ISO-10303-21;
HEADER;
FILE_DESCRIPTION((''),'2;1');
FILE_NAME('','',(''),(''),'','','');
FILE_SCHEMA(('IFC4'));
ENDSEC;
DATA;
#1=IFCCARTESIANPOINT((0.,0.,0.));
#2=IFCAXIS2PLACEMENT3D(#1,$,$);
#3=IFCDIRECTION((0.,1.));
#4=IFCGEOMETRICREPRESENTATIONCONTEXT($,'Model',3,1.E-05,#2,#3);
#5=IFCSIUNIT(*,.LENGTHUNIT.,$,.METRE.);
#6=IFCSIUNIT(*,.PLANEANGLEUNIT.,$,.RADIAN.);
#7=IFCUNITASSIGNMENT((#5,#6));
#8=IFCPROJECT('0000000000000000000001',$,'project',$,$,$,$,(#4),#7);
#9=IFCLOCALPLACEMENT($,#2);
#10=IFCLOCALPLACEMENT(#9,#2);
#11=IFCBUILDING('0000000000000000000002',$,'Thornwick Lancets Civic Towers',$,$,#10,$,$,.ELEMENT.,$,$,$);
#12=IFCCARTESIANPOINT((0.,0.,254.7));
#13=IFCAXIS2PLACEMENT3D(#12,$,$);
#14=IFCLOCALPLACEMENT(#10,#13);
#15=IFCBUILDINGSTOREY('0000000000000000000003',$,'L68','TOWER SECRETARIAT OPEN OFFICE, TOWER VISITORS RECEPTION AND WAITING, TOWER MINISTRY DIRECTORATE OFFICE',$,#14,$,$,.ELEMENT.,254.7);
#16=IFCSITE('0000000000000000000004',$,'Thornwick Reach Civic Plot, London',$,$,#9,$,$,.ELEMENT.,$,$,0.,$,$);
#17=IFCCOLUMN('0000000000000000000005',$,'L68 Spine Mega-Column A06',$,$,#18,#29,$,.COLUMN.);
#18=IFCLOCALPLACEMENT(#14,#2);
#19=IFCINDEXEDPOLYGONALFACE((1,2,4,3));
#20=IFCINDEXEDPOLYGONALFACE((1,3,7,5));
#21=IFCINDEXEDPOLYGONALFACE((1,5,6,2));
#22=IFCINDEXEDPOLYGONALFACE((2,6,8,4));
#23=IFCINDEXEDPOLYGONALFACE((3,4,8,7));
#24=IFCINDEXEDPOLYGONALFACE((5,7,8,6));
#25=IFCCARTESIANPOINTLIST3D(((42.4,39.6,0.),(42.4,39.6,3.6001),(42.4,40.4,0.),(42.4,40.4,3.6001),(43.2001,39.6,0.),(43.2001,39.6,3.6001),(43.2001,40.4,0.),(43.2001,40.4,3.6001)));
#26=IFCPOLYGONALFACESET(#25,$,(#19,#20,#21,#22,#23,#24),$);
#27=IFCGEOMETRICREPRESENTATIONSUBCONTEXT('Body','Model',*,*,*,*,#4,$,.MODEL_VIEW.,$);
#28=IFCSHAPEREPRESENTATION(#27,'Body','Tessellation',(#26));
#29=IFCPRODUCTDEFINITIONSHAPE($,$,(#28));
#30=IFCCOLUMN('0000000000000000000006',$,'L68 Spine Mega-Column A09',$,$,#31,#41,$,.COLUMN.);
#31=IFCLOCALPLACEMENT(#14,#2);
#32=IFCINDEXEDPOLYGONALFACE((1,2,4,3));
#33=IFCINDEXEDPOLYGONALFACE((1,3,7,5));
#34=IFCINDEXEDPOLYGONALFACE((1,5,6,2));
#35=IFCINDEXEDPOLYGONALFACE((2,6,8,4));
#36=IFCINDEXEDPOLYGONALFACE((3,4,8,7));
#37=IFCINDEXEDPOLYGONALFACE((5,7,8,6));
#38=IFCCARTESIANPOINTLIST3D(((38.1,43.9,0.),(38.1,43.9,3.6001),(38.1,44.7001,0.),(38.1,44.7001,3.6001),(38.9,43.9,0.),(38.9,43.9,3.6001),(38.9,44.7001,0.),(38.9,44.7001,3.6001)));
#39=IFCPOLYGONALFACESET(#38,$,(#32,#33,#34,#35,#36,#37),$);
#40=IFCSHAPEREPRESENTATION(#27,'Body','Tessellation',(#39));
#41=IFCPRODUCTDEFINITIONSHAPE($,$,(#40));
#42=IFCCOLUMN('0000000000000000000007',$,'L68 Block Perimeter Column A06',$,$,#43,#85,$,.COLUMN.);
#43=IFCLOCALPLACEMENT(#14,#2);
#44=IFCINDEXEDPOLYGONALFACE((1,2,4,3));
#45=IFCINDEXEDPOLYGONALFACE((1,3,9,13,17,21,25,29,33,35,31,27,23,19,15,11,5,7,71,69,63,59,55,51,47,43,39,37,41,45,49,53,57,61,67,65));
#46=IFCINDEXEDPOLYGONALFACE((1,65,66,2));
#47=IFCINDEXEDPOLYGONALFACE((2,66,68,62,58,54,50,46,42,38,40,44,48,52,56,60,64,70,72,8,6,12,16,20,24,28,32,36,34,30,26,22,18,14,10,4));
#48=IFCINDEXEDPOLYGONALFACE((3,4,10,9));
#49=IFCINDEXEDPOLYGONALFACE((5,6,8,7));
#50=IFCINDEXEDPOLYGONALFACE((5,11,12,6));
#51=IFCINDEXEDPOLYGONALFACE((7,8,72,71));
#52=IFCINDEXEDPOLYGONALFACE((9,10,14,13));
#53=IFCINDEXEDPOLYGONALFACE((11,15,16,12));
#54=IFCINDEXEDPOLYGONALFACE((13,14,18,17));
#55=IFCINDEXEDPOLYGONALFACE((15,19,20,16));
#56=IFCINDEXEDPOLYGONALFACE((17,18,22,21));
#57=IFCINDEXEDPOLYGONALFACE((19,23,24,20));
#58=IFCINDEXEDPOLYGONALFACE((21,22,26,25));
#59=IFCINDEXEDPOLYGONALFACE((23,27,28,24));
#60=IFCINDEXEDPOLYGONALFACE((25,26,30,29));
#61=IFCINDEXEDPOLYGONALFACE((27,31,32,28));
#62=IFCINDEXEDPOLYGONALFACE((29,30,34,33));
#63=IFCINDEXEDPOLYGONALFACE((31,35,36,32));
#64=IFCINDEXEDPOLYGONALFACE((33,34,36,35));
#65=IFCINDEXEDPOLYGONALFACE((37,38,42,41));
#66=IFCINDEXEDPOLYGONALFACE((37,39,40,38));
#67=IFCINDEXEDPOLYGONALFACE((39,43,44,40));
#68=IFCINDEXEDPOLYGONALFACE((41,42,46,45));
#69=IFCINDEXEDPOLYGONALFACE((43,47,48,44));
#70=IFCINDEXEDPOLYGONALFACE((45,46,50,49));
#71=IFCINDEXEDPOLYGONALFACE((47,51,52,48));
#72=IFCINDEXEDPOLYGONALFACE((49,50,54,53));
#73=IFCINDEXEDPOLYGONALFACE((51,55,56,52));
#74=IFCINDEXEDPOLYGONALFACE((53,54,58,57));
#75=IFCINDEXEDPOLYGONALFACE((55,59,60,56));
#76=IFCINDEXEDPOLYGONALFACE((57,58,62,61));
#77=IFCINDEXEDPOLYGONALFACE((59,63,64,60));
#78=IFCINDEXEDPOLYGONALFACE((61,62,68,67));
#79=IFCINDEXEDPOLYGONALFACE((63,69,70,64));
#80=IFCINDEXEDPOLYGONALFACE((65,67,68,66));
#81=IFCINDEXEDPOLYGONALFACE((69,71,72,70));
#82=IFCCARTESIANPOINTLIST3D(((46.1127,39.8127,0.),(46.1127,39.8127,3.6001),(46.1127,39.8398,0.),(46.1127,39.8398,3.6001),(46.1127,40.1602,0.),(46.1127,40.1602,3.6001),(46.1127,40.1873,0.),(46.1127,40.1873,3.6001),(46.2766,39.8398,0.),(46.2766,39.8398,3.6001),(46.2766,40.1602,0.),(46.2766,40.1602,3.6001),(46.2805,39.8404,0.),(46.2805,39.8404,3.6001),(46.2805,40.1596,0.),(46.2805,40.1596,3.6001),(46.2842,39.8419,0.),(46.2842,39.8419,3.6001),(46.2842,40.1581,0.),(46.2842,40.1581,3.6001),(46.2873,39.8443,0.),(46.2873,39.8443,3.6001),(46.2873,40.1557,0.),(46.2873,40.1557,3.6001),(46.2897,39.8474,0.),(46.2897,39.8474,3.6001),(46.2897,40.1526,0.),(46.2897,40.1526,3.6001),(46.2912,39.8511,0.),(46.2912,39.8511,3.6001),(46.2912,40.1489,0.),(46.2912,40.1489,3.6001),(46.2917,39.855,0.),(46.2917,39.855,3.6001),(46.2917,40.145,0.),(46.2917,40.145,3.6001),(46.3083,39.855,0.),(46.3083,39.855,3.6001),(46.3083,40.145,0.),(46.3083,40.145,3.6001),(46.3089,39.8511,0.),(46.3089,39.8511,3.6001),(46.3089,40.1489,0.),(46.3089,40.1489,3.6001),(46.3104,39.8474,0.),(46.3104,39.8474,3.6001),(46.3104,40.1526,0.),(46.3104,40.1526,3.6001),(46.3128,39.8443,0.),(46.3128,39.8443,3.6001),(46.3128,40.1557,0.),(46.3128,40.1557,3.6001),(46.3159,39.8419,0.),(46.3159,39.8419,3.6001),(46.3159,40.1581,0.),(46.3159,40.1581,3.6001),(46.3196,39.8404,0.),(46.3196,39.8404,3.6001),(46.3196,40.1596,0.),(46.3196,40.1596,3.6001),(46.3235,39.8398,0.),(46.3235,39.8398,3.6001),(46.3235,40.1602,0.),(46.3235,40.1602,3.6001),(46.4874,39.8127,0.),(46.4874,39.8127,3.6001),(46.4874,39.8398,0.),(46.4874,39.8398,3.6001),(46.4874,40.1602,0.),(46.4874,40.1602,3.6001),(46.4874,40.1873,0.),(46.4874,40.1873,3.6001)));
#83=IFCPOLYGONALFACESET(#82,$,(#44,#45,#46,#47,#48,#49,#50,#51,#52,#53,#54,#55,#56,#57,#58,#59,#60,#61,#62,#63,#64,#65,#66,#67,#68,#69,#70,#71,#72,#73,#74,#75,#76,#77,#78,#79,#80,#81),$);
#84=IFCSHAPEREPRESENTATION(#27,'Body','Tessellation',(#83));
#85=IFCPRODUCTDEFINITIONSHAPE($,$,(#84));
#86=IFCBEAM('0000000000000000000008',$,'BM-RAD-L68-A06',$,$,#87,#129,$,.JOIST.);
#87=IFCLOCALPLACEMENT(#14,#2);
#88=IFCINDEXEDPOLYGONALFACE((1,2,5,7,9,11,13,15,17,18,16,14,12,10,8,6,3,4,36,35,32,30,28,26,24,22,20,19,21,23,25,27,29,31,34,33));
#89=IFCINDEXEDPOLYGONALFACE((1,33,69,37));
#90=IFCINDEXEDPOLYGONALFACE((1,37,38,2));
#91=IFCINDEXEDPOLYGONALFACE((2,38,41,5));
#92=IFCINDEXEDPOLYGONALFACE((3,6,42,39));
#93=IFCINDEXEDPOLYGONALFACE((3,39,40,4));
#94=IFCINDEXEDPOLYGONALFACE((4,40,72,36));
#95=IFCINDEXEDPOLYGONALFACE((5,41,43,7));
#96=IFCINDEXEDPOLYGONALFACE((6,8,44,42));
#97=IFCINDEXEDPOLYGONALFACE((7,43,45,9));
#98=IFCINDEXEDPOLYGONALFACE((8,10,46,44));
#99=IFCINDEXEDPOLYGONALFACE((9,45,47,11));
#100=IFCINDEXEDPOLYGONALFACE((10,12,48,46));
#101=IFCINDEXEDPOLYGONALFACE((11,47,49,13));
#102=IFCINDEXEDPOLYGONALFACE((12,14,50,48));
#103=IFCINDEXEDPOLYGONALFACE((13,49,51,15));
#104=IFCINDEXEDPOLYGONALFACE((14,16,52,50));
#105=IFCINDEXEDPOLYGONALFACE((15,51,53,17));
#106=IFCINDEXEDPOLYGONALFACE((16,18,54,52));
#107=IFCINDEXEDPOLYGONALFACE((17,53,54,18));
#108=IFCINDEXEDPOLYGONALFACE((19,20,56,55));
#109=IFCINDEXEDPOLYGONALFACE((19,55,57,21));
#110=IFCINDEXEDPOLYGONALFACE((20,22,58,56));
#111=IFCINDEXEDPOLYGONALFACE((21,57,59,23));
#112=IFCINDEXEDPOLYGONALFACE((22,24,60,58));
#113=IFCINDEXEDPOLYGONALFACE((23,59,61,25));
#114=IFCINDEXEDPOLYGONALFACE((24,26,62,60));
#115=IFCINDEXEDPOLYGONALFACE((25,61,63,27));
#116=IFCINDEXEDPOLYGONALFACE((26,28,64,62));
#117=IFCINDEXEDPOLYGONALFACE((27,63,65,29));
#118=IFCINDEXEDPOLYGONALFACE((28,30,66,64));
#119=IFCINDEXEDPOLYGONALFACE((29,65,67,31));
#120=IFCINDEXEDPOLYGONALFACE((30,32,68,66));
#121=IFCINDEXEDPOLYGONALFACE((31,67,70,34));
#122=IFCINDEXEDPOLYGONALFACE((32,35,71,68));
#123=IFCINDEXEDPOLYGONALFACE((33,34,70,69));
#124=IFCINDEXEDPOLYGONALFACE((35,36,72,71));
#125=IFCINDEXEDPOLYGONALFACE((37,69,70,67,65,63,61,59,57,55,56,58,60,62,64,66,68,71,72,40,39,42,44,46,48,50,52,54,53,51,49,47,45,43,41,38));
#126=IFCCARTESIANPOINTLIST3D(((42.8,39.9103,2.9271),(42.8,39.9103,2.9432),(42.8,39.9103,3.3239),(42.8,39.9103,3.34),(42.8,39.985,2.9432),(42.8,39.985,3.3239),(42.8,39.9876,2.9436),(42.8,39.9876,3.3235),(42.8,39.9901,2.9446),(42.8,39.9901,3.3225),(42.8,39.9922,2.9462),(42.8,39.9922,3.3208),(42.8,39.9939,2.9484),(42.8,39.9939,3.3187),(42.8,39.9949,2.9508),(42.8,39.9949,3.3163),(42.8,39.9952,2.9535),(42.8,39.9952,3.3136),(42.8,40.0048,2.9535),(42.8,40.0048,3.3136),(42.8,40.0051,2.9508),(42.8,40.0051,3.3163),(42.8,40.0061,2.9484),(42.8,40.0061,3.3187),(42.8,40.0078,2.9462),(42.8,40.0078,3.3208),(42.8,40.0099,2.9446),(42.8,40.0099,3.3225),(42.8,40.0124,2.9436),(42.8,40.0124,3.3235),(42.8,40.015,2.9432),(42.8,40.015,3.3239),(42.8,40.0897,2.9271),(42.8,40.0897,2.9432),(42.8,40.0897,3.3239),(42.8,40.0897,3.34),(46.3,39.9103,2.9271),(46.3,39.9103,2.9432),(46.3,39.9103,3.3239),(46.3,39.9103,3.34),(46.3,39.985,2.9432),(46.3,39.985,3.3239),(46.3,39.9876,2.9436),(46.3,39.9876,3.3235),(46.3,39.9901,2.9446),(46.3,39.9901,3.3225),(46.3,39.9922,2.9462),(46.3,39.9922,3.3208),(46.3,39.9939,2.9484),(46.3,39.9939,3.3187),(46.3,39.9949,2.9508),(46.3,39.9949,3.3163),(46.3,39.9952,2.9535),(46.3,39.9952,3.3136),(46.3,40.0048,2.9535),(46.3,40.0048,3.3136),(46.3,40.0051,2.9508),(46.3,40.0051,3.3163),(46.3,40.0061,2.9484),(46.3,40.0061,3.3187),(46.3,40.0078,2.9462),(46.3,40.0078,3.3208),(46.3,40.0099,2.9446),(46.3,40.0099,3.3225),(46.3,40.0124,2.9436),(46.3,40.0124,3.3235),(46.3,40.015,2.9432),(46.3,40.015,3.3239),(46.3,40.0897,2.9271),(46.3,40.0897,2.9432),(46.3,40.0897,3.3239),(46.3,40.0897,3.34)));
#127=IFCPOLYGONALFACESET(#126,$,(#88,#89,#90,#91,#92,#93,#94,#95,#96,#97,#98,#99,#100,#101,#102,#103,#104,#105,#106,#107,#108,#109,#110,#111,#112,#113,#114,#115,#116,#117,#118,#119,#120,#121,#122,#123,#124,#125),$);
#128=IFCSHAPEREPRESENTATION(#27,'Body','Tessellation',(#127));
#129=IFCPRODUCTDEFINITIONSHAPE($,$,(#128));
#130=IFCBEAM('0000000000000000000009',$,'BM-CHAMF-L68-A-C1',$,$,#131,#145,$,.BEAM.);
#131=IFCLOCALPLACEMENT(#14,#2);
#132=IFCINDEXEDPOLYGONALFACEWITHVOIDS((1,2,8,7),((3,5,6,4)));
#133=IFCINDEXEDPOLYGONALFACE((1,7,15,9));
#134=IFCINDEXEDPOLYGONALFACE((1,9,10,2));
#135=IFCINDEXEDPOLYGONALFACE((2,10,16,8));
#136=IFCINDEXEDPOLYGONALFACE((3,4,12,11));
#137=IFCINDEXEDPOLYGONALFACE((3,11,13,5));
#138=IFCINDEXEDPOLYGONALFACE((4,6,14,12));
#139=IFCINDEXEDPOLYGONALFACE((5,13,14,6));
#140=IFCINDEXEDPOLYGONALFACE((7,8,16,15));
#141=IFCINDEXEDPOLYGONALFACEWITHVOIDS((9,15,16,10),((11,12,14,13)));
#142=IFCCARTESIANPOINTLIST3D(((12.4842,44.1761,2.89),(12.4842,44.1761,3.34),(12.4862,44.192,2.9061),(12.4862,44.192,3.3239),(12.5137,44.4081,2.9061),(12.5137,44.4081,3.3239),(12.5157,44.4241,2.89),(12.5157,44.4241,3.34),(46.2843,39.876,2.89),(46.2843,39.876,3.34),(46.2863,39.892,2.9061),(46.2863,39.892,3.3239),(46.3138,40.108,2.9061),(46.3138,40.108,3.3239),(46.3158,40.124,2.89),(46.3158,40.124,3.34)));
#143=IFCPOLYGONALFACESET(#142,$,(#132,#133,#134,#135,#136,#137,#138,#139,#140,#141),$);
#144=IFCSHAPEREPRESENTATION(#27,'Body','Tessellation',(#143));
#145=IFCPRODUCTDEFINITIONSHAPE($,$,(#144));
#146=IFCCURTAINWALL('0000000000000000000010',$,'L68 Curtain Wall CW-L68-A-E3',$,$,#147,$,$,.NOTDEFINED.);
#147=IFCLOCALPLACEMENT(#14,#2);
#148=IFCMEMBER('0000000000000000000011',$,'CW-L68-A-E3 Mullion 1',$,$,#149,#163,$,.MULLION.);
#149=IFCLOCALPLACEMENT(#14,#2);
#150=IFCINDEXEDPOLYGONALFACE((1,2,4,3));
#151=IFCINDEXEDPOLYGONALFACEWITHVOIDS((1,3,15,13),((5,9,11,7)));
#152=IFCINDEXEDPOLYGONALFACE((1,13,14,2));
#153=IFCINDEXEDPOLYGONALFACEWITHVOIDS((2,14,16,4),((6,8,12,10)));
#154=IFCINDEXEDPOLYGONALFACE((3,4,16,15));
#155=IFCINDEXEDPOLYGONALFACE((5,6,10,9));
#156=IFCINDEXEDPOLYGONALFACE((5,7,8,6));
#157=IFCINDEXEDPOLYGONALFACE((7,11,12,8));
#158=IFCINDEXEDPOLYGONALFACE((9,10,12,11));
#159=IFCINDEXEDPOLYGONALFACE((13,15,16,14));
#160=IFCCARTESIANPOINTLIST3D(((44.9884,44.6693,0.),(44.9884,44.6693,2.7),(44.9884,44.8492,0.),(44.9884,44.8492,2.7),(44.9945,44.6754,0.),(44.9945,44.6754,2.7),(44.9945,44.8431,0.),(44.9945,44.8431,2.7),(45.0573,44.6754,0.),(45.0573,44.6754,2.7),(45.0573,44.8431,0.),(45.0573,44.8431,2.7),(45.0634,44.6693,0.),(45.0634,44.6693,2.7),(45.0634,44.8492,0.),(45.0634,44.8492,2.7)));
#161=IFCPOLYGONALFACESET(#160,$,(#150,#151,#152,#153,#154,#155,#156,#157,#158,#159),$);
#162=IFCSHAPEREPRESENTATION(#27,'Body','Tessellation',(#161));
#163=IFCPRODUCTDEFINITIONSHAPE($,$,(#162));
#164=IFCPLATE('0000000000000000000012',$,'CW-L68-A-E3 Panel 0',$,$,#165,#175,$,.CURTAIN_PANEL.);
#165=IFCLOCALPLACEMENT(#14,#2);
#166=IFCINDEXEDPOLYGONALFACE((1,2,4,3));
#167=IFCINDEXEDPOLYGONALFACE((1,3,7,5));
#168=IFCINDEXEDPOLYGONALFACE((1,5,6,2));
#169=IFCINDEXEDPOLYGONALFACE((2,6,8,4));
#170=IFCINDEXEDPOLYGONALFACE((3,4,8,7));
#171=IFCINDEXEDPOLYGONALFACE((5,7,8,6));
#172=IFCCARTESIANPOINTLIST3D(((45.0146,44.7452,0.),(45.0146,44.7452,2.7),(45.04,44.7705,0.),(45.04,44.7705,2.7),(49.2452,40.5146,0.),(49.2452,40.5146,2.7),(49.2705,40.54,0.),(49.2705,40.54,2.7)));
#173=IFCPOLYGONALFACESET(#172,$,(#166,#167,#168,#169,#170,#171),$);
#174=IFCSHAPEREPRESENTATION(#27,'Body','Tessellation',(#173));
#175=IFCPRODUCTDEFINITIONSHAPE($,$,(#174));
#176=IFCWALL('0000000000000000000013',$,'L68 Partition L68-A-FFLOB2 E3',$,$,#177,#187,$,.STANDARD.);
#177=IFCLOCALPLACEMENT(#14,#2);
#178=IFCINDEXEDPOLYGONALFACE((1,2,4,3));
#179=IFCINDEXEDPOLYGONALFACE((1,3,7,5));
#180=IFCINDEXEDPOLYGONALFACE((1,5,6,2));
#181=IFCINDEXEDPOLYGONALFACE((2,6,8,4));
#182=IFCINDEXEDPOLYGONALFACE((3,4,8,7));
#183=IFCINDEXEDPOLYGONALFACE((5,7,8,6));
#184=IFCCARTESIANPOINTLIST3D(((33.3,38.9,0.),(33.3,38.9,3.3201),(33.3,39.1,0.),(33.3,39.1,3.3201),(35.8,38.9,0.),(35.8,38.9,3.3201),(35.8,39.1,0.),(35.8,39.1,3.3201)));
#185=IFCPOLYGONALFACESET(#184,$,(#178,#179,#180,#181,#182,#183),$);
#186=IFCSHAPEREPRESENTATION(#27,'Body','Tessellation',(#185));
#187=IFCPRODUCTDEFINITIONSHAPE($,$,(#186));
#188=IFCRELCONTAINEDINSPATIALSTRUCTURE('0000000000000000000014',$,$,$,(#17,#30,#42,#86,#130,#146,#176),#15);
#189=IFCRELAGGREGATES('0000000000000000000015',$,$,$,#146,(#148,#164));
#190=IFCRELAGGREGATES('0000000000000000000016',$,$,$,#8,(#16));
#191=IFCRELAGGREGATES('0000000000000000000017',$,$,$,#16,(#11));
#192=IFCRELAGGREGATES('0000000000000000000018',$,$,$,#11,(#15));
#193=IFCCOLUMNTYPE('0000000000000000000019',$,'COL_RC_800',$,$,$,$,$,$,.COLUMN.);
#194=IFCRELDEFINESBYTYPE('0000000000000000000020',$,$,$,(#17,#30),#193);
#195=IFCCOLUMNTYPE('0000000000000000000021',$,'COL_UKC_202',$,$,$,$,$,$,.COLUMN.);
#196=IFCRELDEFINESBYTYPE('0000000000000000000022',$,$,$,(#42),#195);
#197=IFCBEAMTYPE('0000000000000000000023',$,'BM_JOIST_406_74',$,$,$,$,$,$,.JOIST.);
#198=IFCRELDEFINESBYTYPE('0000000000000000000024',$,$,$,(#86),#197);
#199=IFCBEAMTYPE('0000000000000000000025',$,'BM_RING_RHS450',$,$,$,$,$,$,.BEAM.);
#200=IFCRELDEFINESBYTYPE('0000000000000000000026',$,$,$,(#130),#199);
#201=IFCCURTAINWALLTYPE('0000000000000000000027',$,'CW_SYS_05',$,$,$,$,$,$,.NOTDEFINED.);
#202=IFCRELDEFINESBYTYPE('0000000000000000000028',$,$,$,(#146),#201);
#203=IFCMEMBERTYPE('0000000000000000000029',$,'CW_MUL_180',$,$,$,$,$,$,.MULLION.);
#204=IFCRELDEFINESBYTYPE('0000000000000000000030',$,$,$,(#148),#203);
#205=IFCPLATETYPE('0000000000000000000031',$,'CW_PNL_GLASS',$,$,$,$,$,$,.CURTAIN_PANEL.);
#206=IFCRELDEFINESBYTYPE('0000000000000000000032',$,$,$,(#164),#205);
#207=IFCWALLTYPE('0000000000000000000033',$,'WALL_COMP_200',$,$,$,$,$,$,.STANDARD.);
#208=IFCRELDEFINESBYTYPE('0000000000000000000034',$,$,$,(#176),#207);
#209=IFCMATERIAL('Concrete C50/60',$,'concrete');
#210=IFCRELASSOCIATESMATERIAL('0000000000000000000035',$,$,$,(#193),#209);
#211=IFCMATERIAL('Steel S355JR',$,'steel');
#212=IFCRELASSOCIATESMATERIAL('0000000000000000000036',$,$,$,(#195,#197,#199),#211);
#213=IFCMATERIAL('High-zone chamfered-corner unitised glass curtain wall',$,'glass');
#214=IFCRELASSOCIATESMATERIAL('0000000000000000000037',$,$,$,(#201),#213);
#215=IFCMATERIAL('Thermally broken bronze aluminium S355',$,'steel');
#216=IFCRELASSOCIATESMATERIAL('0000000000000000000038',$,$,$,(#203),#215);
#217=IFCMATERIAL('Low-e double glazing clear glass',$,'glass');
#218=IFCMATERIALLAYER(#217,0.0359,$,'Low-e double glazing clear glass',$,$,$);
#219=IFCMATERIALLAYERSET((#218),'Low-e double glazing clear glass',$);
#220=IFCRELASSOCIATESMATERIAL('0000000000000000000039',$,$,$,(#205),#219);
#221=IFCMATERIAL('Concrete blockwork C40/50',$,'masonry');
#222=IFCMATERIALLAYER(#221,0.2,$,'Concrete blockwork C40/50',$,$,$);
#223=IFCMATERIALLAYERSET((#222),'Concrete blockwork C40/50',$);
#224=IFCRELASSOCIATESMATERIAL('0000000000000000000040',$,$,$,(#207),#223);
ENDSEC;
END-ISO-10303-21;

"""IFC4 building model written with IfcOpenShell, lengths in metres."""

from ifc_helpers import new_model, si_unit, direction, frame, frame_2d, origin, origin_2d, place, context, subcontext, project, spatial, rectangle, hollow_rectangle, i_section, extrude, material, layer, layer_set, material_profile, profile_set, type_object, element, aggregate, save


model = new_model("IFC4")

# Units and contexts
model_context = context("Model", 3, precision=1e-05, world=origin(), true_north=direction((0.0, 1.0)))
body_context = subcontext(model_context, "Body", "Model", "MODEL_VIEW")
ifc_project = project(units=[si_unit("LENGTHUNIT", "METRE"), si_unit("PLANEANGLEUNIT", "RADIAN")], contexts=[model_context])

# Site, building, storey
site_placement = place(None, origin())
site = spatial("IfcSite", under=ifc_project, at=site_placement, Name="Thornwick Reach Civic Plot, London", CompositionType="ELEMENT", RefElevation=0.0)
building_placement = place(site_placement, origin())
building = spatial("IfcBuilding", under=site, at=building_placement, Name="Thornwick Lancets Civic Towers", CompositionType="ELEMENT")
storey_placement = place(building_placement, frame((0.0, 0.0, 254.7)))
storey = spatial("IfcBuildingStorey", under=building, at=storey_placement, Name="L68", Description="TOWER SECRETARIAT OPEN OFFICE, TOWER VISITORS RECEPTION AND WAITING, TOWER MINISTRY DIRECTORATE OFFICE", CompositionType="ELEMENT", Elevation=254.7)

# Columns
ifc_material_1 = material(Name="Concrete C50/60", Category="concrete")
ifc_material_profile_1 = material_profile(ifc_material_1, rectangle(XDim=0.8, YDim=0.8, at=origin_2d()), Name="RC 800x800")
ifc_profile_set_1 = profile_set([ifc_material_profile_1], Name="Concrete C50/60")
column_type_1 = type_object("IfcColumnType", Name="COL_RC_800", PredefinedType="COLUMN", material=ifc_profile_set_1)
for number, where, z_axis, x_axis, name in (
    (1, (42.8, 40.0, 0.0), (0.0, 0.0, 1.0), (1.0, 0.0, 0.0), "L68 Spine Mega-Column A06"),
    (2, (38.5, 44.3, 0.0), (0.0, 0.0, 1.0), (1.0, 0.0, 0.0), "L68 Spine Mega-Column A09"),
):
    element("IfcColumn", number, at=place(storey_placement, frame(where, z_axis=z_axis, x_axis=x_axis)), inside=storey, type_object=column_type_1, Name=name, PredefinedType="COLUMN", context=body_context, shape_type="SweptSolid", body=[
        extrude(rectangle(XDim=0.8, YDim=0.8, at=origin_2d()), origin(), (0.0, 0.0, 1.0), 3.6001),
    ])
ifc_material_2 = material(Name="Steel S355JR", Category="steel")
ifc_material_profile_2 = material_profile(ifc_material_2, i_section(OverallWidth=0.3748, OverallDepth=0.3745, WebThickness=0.0166, FlangeThickness=0.0271, FilletRadius=0.0151, at=origin_2d()), Name="UKC 356x368x202")
ifc_profile_set_2 = profile_set([ifc_material_profile_2], Name="Steel S355JR")
column_type_2 = type_object("IfcColumnType", Name="COL_UKC_202", PredefinedType="COLUMN", material=ifc_profile_set_2)
column_placement = place(storey_placement, frame((46.3, 40.0, 0.0), z_axis=(0.0, 0.0, 1.0), x_axis=(1.0, 0.0, 0.0)))
element("IfcColumn", 3, at=column_placement, inside=storey, type_object=column_type_2, Name="L68 Block Perimeter Column A06", PredefinedType="COLUMN", context=body_context, shape_type="SweptSolid", body=[
    extrude(i_section(OverallWidth=0.3748, OverallDepth=0.3745, WebThickness=0.0166, FlangeThickness=0.0271, FilletRadius=0.0151, at=origin_2d()), origin(), (0.0, 0.0, 1.0), 3.6001),
])

# Beams
ifc_material_profile_3 = material_profile(ifc_material_2, i_section(OverallWidth=0.1794, OverallDepth=0.4128, WebThickness=0.0095, FlangeThickness=0.0161, FilletRadius=0.0103, at=origin_2d()), Name="UKB 406x178x74")
ifc_profile_set_3 = profile_set([ifc_material_profile_3], Name="Steel S355JR")
beam_type_1 = type_object("IfcBeamType", Name="BM_JOIST_406_74", PredefinedType="JOIST", material=ifc_profile_set_3)
beam_1_placement = place(storey_placement, frame((42.8, 40.0, 3.1335), z_axis=(1.0, 0.0, 0.0), x_axis=(0.0, 1.0, 0.0)))
element("IfcBeam", 4, at=beam_1_placement, inside=storey, type_object=beam_type_1, Name="BM-RAD-L68-A06", PredefinedType="JOIST", context=body_context, shape_type="SweptSolid", body=[
    extrude(i_section(OverallWidth=0.1794, OverallDepth=0.4128, WebThickness=0.0095, FlangeThickness=0.0161, FilletRadius=0.0103, at=origin_2d()), origin(), (0.0, 0.0, 1.0), 3.5),
])
ifc_material_profile_4 = material_profile(ifc_material_2, hollow_rectangle(XDim=0.25, YDim=0.45, WallThickness=0.0161, at=origin_2d()), Name="RHS 450x250x16")
ifc_profile_set_4 = profile_set([ifc_material_profile_4], Name="Steel S355JR")
beam_type_2 = type_object("IfcBeamType", Name="BM_RING_RHS450", PredefinedType="BEAM", material=ifc_profile_set_4)
beam_2_placement = place(storey_placement, frame((46.3, 40.0, 3.115), z_axis=(-0.992004, 0.126203, 0.0), x_axis=(-0.126203, -0.992004, 0.0)))
element("IfcBeam", 5, at=beam_2_placement, inside=storey, type_object=beam_type_2, Name="BM-CHAMF-L68-A-C1", PredefinedType="BEAM", context=body_context, shape_type="SweptSolid", body=[
    extrude(hollow_rectangle(XDim=0.25, YDim=0.45, WallThickness=0.0161, at=origin_2d()), origin(), (0.0, 0.0, 1.0), 34.0725),
])

# Curtain wall, member, plate
ifc_material_3 = material(Name="High-zone chamfered-corner unitised glass curtain wall", Category="glass")
curtain_wall_type = type_object("IfcCurtainWallType", Name="CW_SYS_05", PredefinedType="NOTDEFINED", material=ifc_material_3)
curtain_wall_placement = place(storey_placement, origin())
curtain_wall = element("IfcCurtainWall", 6, at=curtain_wall_placement, inside=storey, type_object=curtain_wall_type, Name="L68 Curtain Wall CW-L68-A-E3", PredefinedType="NOTDEFINED")
ifc_material_4 = material(Name="Thermally broken bronze aluminium S355", Category="steel")
ifc_material_profile_5 = material_profile(ifc_material_4, hollow_rectangle(XDim=0.075, YDim=0.1799, WallThickness=0.0061, at=origin_2d()), Name="RHS 180x75x6")
ifc_profile_set_5 = profile_set([ifc_material_profile_5], Name="Thermally broken bronze aluminium S355")
member_type = type_object("IfcMemberType", Name="CW_MUL_180", PredefinedType="MULLION", material=ifc_profile_set_5)
member_placement = place(storey_placement, frame((45.0259, 44.7593, 0.0), z_axis=(0.0, 0.0, 1.0), x_axis=(1.0, 0.0, 0.0)))
member = element("IfcMember", 7, at=member_placement, type_object=member_type, Name="CW-L68-A-E3 Mullion 1", PredefinedType="MULLION", context=body_context, shape_type="SweptSolid", body=[
    extrude(hollow_rectangle(XDim=0.075, YDim=0.1799, WallThickness=0.0061, at=origin_2d()), origin(), (0.0, 0.0, 1.0), 2.7),
])
ifc_material_5 = material(Name="Low-e double glazing clear glass", Category="glass")
ifc_layer_1 = layer(ifc_material_5, 0.0359, Name="Low-e double glazing clear glass")
ifc_layer_set_1 = layer_set([ifc_layer_1], Name="Low-e double glazing clear glass")
plate_type = type_object("IfcPlateType", Name="CW_PNL_GLASS", PredefinedType="CURTAIN_PANEL", material=ifc_layer_set_1)
plate_placement = place(storey_placement, frame((47.1426, 42.6426, 0.0), z_axis=(0.0, 0.0, 1.0), x_axis=(-0.707107, 0.707107, 0.0)))
plate = element("IfcPlate", 8, at=plate_placement, type_object=plate_type, Name="CW-L68-A-E3 Panel 0", PredefinedType="CURTAIN_PANEL", context=body_context, shape_type="SweptSolid", body=[
    extrude(rectangle(XDim=5.9829, YDim=0.0359, at=origin_2d()), origin(), (0.0, 0.0, 1.0), 2.7),
])
aggregate(curtain_wall, [member, plate])

# Wall
ifc_material_6 = material(Name="Concrete blockwork C40/50", Category="masonry")
ifc_layer_2 = layer(ifc_material_6, 0.2, Name="Concrete blockwork C40/50")
ifc_layer_set_2 = layer_set([ifc_layer_2], Name="Concrete blockwork C40/50")
wall_type_1 = type_object("IfcWallType", Name="WALL_COMP_200", PredefinedType="STANDARD", material=ifc_layer_set_2)
wall_1_placement = place(storey_placement, frame((35.8, 39.0, 0.0), z_axis=(0.0, 0.0, 1.0), x_axis=(-1.0, 0.0, 0.0)))
element("IfcWall", 9, at=wall_1_placement, inside=storey, type_object=wall_type_1, Name="L68 Partition L68-A-FFLOB2 E3", PredefinedType="STANDARD", context=body_context, shape_type="SweptSolid", body=[
    extrude(rectangle(XDim=2.5, YDim=0.2, at=frame_2d((1.25, 0.0))), origin(), (0.0, 0.0, 1.0), 3.3201),
])

save(model, "model.ifc")
